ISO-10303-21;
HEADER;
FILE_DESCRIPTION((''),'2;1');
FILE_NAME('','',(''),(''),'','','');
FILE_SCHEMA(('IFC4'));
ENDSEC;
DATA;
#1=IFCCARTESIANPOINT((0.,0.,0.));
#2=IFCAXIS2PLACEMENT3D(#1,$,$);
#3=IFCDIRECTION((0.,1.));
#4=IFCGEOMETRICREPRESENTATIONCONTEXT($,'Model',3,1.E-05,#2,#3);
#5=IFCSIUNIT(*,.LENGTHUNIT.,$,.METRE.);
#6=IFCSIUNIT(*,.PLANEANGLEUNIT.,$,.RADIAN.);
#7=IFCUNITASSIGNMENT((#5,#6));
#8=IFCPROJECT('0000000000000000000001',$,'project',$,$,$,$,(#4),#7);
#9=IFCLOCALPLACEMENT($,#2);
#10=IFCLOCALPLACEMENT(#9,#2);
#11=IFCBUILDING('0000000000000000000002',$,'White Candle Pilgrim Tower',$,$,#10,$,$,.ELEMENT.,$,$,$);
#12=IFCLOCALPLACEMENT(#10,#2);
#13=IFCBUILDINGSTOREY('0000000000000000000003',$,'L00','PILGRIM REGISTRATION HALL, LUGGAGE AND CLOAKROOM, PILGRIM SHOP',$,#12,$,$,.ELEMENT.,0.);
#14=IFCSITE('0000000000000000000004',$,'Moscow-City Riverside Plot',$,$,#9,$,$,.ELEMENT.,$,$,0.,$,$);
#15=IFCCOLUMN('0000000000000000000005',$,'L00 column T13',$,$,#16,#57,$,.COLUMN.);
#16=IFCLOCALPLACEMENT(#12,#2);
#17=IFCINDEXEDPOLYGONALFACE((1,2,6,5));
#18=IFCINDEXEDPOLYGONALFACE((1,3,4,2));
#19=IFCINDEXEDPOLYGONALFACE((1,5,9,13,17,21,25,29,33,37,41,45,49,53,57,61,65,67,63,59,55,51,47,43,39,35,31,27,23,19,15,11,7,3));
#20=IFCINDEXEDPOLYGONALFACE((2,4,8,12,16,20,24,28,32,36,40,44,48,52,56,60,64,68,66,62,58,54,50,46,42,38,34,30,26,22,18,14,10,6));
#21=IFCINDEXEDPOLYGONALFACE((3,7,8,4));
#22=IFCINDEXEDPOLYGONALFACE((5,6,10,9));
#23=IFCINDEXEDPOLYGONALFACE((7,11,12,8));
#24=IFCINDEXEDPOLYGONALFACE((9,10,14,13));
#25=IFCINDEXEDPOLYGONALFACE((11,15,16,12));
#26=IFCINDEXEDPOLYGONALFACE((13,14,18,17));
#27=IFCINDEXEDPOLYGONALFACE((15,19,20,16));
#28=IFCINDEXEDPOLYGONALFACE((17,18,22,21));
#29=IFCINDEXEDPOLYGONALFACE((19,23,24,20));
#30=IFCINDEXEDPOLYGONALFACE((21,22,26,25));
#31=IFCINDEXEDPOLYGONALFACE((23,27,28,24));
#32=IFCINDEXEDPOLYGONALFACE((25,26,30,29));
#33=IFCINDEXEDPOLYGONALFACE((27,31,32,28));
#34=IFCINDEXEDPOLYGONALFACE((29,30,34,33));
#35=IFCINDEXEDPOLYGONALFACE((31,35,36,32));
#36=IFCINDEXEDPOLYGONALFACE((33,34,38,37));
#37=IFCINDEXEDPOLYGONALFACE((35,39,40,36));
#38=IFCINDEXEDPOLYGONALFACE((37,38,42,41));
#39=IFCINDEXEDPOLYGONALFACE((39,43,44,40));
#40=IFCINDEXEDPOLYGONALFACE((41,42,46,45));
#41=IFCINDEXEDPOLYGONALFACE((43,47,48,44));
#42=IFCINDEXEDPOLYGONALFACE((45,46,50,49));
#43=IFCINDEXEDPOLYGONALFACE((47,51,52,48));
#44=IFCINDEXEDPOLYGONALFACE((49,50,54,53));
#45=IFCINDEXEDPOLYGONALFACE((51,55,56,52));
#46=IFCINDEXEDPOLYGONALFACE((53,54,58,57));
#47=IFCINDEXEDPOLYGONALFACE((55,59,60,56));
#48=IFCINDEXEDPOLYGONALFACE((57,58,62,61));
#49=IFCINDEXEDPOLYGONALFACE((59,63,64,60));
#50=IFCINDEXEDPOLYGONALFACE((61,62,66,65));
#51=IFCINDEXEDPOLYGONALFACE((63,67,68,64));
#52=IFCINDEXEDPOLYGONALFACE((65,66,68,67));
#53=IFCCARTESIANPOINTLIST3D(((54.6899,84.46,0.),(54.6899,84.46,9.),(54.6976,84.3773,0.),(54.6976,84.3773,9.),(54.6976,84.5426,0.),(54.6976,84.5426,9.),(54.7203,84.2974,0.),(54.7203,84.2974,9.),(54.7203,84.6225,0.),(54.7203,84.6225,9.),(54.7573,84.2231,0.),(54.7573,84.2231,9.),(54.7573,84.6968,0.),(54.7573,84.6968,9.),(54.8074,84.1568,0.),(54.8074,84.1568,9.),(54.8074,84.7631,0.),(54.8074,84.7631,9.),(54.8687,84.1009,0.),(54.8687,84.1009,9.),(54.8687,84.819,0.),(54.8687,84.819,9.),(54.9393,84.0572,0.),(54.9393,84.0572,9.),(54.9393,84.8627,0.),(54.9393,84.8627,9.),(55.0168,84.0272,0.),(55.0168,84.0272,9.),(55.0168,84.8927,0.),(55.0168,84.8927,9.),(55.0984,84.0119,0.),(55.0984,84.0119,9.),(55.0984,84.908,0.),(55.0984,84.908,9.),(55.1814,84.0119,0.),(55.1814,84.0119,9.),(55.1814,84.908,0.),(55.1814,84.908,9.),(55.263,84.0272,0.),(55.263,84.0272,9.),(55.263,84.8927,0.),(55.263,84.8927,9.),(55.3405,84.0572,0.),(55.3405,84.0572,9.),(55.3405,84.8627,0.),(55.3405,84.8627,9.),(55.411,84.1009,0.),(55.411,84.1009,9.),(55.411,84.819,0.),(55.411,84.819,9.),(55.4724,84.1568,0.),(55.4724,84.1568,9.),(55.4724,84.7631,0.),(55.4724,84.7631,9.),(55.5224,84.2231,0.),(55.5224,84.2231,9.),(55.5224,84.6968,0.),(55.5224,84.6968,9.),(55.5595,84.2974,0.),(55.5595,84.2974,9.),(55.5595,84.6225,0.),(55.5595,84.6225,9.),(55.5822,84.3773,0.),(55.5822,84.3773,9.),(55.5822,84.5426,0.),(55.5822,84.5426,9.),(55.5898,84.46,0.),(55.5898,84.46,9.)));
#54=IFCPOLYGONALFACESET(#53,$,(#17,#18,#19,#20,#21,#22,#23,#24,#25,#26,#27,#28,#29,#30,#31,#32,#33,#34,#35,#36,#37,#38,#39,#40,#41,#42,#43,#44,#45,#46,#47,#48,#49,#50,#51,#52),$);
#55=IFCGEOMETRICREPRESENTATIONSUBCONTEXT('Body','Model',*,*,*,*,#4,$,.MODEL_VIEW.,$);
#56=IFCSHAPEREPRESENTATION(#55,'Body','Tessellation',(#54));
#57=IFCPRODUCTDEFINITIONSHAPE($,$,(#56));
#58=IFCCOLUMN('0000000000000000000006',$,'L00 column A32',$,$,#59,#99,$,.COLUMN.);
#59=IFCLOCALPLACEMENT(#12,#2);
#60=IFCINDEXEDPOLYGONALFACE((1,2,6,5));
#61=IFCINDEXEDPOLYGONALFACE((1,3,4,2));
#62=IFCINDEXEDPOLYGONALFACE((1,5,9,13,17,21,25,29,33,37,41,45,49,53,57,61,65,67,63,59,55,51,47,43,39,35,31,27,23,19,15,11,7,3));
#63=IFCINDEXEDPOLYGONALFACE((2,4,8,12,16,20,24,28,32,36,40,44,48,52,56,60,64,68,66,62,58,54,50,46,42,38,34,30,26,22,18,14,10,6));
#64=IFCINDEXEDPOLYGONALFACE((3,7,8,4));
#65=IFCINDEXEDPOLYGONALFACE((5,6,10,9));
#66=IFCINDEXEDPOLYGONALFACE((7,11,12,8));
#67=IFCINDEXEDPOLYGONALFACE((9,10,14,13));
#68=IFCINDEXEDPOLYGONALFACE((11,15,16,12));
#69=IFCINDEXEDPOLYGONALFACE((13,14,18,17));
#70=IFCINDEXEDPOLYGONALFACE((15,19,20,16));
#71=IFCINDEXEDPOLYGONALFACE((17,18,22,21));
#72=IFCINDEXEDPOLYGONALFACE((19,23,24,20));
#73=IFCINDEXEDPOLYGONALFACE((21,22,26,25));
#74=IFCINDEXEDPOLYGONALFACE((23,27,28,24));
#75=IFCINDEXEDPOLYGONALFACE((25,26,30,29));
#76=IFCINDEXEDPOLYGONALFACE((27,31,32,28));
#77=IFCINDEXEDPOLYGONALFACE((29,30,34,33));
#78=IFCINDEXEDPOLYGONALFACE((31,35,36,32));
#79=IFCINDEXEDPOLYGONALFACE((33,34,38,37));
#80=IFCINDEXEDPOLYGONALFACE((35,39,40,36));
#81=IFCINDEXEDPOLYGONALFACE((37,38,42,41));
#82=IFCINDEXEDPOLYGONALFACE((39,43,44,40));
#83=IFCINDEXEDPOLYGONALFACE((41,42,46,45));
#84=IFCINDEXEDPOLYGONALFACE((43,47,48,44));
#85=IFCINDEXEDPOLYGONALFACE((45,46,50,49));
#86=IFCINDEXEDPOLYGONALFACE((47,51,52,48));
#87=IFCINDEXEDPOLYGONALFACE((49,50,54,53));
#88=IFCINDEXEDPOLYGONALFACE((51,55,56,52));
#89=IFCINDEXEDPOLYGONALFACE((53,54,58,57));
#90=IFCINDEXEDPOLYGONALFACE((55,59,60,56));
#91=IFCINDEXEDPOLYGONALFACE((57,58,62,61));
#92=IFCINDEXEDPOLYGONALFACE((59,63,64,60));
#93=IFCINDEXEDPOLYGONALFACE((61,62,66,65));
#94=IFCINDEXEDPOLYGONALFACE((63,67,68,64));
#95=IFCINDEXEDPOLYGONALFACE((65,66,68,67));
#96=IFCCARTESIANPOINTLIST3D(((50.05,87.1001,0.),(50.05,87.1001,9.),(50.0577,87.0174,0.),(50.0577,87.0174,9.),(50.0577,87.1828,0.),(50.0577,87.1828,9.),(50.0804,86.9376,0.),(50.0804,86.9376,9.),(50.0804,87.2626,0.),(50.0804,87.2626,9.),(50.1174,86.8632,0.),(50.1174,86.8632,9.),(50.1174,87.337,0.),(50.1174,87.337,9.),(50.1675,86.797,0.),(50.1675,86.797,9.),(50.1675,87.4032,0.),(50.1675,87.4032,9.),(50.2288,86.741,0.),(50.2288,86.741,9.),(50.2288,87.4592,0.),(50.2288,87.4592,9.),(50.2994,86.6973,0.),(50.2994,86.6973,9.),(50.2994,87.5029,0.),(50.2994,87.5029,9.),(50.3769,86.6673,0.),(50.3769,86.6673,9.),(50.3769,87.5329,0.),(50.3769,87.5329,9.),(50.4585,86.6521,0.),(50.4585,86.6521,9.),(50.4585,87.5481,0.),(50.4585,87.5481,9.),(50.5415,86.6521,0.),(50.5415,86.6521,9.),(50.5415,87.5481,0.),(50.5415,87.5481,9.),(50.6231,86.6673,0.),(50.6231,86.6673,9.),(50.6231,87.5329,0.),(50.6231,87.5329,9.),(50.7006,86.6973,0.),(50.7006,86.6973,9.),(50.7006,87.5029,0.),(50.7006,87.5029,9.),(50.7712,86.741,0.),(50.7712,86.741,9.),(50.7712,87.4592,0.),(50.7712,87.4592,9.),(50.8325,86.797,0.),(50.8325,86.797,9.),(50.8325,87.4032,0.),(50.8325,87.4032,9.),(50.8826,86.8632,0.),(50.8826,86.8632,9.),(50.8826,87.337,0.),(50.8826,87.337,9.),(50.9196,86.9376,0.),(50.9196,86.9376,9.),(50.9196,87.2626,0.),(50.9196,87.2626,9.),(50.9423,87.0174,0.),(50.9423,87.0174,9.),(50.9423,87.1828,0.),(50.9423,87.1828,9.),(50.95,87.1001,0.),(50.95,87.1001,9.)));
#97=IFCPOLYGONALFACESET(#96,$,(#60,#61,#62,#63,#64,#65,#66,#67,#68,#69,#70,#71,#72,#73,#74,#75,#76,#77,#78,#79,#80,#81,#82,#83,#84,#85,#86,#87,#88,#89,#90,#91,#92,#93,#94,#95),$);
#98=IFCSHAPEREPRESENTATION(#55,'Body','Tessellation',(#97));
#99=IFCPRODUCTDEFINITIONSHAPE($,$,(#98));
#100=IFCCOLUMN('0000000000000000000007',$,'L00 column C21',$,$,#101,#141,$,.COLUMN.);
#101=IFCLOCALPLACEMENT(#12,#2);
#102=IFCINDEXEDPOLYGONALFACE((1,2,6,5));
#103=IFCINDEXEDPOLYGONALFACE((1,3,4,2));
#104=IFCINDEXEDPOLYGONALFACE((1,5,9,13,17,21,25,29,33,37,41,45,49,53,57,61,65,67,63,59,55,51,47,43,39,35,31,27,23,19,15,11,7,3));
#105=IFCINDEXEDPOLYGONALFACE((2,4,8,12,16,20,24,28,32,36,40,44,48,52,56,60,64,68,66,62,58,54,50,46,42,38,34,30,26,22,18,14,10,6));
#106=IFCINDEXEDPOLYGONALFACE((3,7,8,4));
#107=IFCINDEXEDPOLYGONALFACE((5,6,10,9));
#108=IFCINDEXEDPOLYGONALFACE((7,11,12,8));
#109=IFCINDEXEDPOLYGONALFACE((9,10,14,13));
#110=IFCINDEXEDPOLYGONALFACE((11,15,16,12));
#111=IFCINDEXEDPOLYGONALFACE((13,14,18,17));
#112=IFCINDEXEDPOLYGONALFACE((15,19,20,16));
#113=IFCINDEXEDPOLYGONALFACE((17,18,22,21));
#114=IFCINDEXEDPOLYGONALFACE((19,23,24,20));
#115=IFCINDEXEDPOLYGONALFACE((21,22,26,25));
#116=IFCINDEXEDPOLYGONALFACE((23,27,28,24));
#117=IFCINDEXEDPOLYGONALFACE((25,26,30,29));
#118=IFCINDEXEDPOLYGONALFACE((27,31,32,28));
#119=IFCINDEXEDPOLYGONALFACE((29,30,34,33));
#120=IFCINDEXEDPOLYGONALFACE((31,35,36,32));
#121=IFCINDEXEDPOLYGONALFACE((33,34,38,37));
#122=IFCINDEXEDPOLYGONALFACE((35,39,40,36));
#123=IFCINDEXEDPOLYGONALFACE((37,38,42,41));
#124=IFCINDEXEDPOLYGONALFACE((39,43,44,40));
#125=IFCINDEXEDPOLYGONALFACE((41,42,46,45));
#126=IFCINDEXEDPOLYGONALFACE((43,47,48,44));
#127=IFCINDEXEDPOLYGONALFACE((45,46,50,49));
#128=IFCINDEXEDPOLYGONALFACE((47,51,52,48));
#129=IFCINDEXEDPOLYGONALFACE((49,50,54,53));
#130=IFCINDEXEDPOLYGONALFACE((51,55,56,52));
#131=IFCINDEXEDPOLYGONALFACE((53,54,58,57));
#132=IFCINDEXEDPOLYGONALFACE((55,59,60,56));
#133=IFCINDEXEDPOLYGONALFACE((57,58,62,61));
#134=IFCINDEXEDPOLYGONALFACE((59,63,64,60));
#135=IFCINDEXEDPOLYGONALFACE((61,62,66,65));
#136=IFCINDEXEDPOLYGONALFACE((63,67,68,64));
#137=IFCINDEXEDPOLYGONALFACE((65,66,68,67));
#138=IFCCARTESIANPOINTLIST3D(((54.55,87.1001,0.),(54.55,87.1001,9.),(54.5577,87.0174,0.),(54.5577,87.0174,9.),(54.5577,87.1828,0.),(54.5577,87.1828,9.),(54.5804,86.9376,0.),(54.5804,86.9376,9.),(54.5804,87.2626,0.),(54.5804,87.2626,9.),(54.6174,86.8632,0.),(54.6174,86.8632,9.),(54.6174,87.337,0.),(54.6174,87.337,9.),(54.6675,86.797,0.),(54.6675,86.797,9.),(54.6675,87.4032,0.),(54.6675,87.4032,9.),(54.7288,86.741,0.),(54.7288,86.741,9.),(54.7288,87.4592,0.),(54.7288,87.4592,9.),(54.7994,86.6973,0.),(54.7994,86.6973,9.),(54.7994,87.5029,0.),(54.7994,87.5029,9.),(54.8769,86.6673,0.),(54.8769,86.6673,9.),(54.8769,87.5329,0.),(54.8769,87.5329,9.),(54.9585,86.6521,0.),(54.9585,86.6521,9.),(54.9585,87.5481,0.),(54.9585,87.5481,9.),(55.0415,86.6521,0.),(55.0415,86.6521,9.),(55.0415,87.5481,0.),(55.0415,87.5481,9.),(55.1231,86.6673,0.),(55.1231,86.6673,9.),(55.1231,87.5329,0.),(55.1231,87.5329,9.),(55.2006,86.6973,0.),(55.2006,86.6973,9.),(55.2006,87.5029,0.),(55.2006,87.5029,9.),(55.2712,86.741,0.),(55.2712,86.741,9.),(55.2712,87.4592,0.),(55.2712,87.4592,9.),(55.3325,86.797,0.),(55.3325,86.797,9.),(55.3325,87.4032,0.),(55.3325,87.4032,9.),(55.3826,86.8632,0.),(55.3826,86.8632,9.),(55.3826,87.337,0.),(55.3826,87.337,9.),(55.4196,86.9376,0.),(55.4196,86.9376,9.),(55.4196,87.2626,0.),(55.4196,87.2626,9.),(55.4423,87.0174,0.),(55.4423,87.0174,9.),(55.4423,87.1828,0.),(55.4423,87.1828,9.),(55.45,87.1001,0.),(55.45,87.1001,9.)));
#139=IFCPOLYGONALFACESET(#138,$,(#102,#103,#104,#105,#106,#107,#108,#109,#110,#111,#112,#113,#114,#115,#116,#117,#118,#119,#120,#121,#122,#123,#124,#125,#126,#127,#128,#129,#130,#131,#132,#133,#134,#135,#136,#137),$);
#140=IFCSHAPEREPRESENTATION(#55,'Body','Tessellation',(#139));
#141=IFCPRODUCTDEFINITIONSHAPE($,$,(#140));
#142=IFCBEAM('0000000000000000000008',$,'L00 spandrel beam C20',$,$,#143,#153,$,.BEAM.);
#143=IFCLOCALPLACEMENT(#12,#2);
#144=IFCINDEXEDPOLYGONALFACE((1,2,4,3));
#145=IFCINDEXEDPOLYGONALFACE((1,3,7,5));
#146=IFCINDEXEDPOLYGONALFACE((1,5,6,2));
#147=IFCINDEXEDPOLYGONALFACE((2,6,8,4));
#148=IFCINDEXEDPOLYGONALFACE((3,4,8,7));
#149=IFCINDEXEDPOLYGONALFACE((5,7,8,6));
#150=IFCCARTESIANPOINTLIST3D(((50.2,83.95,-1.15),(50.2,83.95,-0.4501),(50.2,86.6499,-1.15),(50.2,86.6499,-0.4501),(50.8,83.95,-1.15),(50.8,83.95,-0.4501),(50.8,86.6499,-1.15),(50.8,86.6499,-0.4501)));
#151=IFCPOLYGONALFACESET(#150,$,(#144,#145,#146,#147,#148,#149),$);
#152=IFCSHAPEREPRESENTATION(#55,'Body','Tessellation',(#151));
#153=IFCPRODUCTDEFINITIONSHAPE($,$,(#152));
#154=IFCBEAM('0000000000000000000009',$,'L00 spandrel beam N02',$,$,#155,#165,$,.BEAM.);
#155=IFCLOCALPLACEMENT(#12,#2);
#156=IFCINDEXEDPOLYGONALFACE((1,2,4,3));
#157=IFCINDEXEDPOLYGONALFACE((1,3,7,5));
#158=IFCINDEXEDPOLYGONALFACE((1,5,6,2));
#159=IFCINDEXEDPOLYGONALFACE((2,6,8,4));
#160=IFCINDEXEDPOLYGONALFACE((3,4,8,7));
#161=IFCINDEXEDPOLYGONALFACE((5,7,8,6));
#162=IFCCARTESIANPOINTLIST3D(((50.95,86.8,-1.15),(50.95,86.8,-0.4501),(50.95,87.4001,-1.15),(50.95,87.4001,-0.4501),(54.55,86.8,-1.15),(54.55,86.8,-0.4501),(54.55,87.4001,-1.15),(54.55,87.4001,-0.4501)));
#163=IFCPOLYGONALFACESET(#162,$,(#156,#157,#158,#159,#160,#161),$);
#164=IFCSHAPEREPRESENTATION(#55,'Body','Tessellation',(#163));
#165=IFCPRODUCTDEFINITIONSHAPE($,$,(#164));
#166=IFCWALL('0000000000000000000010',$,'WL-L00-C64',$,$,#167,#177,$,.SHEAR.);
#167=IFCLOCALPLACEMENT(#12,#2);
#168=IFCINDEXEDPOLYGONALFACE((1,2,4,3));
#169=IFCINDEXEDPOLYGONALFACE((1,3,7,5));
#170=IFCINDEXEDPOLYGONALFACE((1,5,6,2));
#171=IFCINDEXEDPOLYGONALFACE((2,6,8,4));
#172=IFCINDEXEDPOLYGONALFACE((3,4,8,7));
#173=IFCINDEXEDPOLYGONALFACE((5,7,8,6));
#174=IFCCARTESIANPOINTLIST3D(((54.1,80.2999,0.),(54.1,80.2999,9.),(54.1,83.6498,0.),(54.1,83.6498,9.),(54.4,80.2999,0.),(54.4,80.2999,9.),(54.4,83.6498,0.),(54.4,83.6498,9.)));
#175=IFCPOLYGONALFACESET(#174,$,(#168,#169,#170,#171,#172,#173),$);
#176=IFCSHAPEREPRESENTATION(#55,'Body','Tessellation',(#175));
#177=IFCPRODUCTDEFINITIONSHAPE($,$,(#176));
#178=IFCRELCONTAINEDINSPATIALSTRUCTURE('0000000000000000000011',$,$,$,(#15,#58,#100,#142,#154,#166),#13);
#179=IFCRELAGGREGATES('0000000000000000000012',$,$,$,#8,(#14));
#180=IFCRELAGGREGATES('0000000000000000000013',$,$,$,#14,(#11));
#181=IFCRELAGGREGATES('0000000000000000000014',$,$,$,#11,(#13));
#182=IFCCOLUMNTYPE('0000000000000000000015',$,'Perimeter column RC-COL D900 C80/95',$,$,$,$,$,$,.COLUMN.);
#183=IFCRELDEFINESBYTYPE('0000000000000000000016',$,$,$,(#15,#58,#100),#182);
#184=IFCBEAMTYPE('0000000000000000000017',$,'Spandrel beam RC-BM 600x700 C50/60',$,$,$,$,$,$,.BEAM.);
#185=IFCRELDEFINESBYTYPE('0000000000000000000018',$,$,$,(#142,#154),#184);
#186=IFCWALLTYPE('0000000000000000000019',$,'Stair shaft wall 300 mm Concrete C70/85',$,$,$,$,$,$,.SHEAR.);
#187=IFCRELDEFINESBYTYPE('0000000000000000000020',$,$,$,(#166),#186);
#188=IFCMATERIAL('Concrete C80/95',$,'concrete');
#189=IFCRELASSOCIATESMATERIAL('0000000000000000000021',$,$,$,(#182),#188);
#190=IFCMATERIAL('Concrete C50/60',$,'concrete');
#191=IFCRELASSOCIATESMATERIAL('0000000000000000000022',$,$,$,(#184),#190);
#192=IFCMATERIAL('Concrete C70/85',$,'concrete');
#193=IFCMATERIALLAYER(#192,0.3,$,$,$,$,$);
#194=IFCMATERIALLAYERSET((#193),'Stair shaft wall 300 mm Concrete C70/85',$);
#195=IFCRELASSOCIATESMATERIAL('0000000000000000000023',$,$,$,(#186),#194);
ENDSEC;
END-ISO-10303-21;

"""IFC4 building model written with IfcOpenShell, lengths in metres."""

from ifc_helpers import new_model, si_unit, direction, frame, frame_2d, origin, origin_2d, place, context, subcontext, project, spatial, rectangle, circle, extrude, material, layer, layer_set, material_profile, profile_set, type_object, element, save


model = new_model("IFC4")

# Units and contexts
model_context = context("Model", 3, precision=1e-05, world=origin(), true_north=direction((0.0, 1.0)))
body_context = subcontext(model_context, "Body", "Model", "MODEL_VIEW")
ifc_project = project(units=[si_unit("LENGTHUNIT", "METRE"), si_unit("PLANEANGLEUNIT", "RADIAN")], contexts=[model_context])

# Site, building, storey
site_placement = place(None, origin())
site = spatial("IfcSite", under=ifc_project, at=site_placement, Name="Moscow-City Riverside Plot", CompositionType="ELEMENT", RefElevation=0.0)
building_placement = place(site_placement, origin())
building = spatial("IfcBuilding", under=site, at=building_placement, Name="White Candle Pilgrim Tower", CompositionType="ELEMENT")
storey_placement = place(building_placement, origin())
storey = spatial("IfcBuildingStorey", under=building, at=storey_placement, Name="L00", Description="PILGRIM REGISTRATION HALL, LUGGAGE AND CLOAKROOM, PILGRIM SHOP", CompositionType="ELEMENT", Elevation=0.0)

# Columns
ifc_material_1 = material(Name="Concrete C80/95", Category="concrete")
ifc_material_profile_1 = material_profile(ifc_material_1, circle(Radius=0.45, at=origin_2d()), Name="RC-COL D900")
ifc_profile_set_1 = profile_set([ifc_material_profile_1], Name="Concrete C80/95")
column_type = type_object("IfcColumnType", Name="Perimeter column RC-COL D900 C80/95", PredefinedType="COLUMN", material=ifc_profile_set_1)
for number, where, z_axis, x_axis, name in (
    (1, (55.1399, 84.46, 0.0), (0.0, 0.0, 1.0), (1.0, 0.0, 0.0), "L00 column T13"),
    (2, (50.5, 87.1001, 0.0), (0.0, 0.0, 1.0), (1.0, 0.0, 0.0), "L00 column A32"),
    (3, (55.0, 87.1001, 0.0), (0.0, 0.0, 1.0), (1.0, 0.0, 0.0), "L00 column C21"),
):
    element("IfcColumn", number, at=place(storey_placement, frame(where, z_axis=z_axis, x_axis=x_axis)), inside=storey, type_object=column_type, Name=name, PredefinedType="COLUMN", context=body_context, shape_type="SweptSolid", body=[
        extrude(circle(Radius=0.45, at=origin_2d()), origin(), (0.0, 0.0, 1.0), 9.0),
    ])

# Beams
ifc_material_2 = material(Name="Concrete C50/60", Category="concrete")
ifc_material_profile_2 = material_profile(ifc_material_2, rectangle(XDim=0.6001, YDim=0.7, at=origin_2d()), Name="RC-BM 600x700")
ifc_profile_set_2 = profile_set([ifc_material_profile_2], Name="Concrete C50/60")
beam_type = type_object("IfcBeamType", Name="Spandrel beam RC-BM 600x700 C50/60", PredefinedType="BEAM", material=ifc_profile_set_2)
beam_1_placement = place(storey_placement, frame((50.5, 86.6499, -0.8), z_axis=(0.0, -1.0, 0.0), x_axis=(1.0, 0.0, 0.0)))
element("IfcBeam", 4, at=beam_1_placement, inside=storey, type_object=beam_type, Name="L00 spandrel beam C20", PredefinedType="BEAM", context=body_context, shape_type="SweptSolid", body=[
    extrude(rectangle(XDim=0.6001, YDim=0.7, at=origin_2d()), origin(), (0.0, 0.0, 1.0), 2.7),
])
beam_2_placement = place(storey_placement, frame((50.95, 87.1001, -0.8), z_axis=(1.0, 0.0, 0.0), x_axis=(0.0, 1.0, 0.0)))
element("IfcBeam", 5, at=beam_2_placement, inside=storey, type_object=beam_type, Name="L00 spandrel beam N02", PredefinedType="BEAM", context=body_context, shape_type="SweptSolid", body=[
    extrude(rectangle(XDim=0.6001, YDim=0.7, at=origin_2d()), origin(), (0.0, 0.0, 1.0), 3.6001),
])

# Wall
ifc_material_3 = material(Name="Concrete C70/85", Category="concrete")
ifc_layer_1 = layer(ifc_material_3, 0.3)
ifc_layer_set_1 = layer_set([ifc_layer_1], Name="Stair shaft wall 300 mm Concrete C70/85")
wall_type = type_object("IfcWallType", Name="Stair shaft wall 300 mm Concrete C70/85", PredefinedType="SHEAR", material=ifc_layer_set_1)
wall_placement = place(storey_placement, frame((54.25, 80.3, 0.0), z_axis=(0.0, 0.0, 1.0), x_axis=(0.0, 1.0, 0.0)))
element("IfcWall", 6, at=wall_placement, inside=storey, type_object=wall_type, Name="WL-L00-C64", PredefinedType="SHEAR", context=body_context, shape_type="SweptSolid", body=[
    extrude(rectangle(XDim=3.3499, YDim=0.3, at=frame_2d((1.6748, 0.0))), origin(), (0.0, 0.0, 1.0), 9.0),
])

save(model, "model.ifc")
